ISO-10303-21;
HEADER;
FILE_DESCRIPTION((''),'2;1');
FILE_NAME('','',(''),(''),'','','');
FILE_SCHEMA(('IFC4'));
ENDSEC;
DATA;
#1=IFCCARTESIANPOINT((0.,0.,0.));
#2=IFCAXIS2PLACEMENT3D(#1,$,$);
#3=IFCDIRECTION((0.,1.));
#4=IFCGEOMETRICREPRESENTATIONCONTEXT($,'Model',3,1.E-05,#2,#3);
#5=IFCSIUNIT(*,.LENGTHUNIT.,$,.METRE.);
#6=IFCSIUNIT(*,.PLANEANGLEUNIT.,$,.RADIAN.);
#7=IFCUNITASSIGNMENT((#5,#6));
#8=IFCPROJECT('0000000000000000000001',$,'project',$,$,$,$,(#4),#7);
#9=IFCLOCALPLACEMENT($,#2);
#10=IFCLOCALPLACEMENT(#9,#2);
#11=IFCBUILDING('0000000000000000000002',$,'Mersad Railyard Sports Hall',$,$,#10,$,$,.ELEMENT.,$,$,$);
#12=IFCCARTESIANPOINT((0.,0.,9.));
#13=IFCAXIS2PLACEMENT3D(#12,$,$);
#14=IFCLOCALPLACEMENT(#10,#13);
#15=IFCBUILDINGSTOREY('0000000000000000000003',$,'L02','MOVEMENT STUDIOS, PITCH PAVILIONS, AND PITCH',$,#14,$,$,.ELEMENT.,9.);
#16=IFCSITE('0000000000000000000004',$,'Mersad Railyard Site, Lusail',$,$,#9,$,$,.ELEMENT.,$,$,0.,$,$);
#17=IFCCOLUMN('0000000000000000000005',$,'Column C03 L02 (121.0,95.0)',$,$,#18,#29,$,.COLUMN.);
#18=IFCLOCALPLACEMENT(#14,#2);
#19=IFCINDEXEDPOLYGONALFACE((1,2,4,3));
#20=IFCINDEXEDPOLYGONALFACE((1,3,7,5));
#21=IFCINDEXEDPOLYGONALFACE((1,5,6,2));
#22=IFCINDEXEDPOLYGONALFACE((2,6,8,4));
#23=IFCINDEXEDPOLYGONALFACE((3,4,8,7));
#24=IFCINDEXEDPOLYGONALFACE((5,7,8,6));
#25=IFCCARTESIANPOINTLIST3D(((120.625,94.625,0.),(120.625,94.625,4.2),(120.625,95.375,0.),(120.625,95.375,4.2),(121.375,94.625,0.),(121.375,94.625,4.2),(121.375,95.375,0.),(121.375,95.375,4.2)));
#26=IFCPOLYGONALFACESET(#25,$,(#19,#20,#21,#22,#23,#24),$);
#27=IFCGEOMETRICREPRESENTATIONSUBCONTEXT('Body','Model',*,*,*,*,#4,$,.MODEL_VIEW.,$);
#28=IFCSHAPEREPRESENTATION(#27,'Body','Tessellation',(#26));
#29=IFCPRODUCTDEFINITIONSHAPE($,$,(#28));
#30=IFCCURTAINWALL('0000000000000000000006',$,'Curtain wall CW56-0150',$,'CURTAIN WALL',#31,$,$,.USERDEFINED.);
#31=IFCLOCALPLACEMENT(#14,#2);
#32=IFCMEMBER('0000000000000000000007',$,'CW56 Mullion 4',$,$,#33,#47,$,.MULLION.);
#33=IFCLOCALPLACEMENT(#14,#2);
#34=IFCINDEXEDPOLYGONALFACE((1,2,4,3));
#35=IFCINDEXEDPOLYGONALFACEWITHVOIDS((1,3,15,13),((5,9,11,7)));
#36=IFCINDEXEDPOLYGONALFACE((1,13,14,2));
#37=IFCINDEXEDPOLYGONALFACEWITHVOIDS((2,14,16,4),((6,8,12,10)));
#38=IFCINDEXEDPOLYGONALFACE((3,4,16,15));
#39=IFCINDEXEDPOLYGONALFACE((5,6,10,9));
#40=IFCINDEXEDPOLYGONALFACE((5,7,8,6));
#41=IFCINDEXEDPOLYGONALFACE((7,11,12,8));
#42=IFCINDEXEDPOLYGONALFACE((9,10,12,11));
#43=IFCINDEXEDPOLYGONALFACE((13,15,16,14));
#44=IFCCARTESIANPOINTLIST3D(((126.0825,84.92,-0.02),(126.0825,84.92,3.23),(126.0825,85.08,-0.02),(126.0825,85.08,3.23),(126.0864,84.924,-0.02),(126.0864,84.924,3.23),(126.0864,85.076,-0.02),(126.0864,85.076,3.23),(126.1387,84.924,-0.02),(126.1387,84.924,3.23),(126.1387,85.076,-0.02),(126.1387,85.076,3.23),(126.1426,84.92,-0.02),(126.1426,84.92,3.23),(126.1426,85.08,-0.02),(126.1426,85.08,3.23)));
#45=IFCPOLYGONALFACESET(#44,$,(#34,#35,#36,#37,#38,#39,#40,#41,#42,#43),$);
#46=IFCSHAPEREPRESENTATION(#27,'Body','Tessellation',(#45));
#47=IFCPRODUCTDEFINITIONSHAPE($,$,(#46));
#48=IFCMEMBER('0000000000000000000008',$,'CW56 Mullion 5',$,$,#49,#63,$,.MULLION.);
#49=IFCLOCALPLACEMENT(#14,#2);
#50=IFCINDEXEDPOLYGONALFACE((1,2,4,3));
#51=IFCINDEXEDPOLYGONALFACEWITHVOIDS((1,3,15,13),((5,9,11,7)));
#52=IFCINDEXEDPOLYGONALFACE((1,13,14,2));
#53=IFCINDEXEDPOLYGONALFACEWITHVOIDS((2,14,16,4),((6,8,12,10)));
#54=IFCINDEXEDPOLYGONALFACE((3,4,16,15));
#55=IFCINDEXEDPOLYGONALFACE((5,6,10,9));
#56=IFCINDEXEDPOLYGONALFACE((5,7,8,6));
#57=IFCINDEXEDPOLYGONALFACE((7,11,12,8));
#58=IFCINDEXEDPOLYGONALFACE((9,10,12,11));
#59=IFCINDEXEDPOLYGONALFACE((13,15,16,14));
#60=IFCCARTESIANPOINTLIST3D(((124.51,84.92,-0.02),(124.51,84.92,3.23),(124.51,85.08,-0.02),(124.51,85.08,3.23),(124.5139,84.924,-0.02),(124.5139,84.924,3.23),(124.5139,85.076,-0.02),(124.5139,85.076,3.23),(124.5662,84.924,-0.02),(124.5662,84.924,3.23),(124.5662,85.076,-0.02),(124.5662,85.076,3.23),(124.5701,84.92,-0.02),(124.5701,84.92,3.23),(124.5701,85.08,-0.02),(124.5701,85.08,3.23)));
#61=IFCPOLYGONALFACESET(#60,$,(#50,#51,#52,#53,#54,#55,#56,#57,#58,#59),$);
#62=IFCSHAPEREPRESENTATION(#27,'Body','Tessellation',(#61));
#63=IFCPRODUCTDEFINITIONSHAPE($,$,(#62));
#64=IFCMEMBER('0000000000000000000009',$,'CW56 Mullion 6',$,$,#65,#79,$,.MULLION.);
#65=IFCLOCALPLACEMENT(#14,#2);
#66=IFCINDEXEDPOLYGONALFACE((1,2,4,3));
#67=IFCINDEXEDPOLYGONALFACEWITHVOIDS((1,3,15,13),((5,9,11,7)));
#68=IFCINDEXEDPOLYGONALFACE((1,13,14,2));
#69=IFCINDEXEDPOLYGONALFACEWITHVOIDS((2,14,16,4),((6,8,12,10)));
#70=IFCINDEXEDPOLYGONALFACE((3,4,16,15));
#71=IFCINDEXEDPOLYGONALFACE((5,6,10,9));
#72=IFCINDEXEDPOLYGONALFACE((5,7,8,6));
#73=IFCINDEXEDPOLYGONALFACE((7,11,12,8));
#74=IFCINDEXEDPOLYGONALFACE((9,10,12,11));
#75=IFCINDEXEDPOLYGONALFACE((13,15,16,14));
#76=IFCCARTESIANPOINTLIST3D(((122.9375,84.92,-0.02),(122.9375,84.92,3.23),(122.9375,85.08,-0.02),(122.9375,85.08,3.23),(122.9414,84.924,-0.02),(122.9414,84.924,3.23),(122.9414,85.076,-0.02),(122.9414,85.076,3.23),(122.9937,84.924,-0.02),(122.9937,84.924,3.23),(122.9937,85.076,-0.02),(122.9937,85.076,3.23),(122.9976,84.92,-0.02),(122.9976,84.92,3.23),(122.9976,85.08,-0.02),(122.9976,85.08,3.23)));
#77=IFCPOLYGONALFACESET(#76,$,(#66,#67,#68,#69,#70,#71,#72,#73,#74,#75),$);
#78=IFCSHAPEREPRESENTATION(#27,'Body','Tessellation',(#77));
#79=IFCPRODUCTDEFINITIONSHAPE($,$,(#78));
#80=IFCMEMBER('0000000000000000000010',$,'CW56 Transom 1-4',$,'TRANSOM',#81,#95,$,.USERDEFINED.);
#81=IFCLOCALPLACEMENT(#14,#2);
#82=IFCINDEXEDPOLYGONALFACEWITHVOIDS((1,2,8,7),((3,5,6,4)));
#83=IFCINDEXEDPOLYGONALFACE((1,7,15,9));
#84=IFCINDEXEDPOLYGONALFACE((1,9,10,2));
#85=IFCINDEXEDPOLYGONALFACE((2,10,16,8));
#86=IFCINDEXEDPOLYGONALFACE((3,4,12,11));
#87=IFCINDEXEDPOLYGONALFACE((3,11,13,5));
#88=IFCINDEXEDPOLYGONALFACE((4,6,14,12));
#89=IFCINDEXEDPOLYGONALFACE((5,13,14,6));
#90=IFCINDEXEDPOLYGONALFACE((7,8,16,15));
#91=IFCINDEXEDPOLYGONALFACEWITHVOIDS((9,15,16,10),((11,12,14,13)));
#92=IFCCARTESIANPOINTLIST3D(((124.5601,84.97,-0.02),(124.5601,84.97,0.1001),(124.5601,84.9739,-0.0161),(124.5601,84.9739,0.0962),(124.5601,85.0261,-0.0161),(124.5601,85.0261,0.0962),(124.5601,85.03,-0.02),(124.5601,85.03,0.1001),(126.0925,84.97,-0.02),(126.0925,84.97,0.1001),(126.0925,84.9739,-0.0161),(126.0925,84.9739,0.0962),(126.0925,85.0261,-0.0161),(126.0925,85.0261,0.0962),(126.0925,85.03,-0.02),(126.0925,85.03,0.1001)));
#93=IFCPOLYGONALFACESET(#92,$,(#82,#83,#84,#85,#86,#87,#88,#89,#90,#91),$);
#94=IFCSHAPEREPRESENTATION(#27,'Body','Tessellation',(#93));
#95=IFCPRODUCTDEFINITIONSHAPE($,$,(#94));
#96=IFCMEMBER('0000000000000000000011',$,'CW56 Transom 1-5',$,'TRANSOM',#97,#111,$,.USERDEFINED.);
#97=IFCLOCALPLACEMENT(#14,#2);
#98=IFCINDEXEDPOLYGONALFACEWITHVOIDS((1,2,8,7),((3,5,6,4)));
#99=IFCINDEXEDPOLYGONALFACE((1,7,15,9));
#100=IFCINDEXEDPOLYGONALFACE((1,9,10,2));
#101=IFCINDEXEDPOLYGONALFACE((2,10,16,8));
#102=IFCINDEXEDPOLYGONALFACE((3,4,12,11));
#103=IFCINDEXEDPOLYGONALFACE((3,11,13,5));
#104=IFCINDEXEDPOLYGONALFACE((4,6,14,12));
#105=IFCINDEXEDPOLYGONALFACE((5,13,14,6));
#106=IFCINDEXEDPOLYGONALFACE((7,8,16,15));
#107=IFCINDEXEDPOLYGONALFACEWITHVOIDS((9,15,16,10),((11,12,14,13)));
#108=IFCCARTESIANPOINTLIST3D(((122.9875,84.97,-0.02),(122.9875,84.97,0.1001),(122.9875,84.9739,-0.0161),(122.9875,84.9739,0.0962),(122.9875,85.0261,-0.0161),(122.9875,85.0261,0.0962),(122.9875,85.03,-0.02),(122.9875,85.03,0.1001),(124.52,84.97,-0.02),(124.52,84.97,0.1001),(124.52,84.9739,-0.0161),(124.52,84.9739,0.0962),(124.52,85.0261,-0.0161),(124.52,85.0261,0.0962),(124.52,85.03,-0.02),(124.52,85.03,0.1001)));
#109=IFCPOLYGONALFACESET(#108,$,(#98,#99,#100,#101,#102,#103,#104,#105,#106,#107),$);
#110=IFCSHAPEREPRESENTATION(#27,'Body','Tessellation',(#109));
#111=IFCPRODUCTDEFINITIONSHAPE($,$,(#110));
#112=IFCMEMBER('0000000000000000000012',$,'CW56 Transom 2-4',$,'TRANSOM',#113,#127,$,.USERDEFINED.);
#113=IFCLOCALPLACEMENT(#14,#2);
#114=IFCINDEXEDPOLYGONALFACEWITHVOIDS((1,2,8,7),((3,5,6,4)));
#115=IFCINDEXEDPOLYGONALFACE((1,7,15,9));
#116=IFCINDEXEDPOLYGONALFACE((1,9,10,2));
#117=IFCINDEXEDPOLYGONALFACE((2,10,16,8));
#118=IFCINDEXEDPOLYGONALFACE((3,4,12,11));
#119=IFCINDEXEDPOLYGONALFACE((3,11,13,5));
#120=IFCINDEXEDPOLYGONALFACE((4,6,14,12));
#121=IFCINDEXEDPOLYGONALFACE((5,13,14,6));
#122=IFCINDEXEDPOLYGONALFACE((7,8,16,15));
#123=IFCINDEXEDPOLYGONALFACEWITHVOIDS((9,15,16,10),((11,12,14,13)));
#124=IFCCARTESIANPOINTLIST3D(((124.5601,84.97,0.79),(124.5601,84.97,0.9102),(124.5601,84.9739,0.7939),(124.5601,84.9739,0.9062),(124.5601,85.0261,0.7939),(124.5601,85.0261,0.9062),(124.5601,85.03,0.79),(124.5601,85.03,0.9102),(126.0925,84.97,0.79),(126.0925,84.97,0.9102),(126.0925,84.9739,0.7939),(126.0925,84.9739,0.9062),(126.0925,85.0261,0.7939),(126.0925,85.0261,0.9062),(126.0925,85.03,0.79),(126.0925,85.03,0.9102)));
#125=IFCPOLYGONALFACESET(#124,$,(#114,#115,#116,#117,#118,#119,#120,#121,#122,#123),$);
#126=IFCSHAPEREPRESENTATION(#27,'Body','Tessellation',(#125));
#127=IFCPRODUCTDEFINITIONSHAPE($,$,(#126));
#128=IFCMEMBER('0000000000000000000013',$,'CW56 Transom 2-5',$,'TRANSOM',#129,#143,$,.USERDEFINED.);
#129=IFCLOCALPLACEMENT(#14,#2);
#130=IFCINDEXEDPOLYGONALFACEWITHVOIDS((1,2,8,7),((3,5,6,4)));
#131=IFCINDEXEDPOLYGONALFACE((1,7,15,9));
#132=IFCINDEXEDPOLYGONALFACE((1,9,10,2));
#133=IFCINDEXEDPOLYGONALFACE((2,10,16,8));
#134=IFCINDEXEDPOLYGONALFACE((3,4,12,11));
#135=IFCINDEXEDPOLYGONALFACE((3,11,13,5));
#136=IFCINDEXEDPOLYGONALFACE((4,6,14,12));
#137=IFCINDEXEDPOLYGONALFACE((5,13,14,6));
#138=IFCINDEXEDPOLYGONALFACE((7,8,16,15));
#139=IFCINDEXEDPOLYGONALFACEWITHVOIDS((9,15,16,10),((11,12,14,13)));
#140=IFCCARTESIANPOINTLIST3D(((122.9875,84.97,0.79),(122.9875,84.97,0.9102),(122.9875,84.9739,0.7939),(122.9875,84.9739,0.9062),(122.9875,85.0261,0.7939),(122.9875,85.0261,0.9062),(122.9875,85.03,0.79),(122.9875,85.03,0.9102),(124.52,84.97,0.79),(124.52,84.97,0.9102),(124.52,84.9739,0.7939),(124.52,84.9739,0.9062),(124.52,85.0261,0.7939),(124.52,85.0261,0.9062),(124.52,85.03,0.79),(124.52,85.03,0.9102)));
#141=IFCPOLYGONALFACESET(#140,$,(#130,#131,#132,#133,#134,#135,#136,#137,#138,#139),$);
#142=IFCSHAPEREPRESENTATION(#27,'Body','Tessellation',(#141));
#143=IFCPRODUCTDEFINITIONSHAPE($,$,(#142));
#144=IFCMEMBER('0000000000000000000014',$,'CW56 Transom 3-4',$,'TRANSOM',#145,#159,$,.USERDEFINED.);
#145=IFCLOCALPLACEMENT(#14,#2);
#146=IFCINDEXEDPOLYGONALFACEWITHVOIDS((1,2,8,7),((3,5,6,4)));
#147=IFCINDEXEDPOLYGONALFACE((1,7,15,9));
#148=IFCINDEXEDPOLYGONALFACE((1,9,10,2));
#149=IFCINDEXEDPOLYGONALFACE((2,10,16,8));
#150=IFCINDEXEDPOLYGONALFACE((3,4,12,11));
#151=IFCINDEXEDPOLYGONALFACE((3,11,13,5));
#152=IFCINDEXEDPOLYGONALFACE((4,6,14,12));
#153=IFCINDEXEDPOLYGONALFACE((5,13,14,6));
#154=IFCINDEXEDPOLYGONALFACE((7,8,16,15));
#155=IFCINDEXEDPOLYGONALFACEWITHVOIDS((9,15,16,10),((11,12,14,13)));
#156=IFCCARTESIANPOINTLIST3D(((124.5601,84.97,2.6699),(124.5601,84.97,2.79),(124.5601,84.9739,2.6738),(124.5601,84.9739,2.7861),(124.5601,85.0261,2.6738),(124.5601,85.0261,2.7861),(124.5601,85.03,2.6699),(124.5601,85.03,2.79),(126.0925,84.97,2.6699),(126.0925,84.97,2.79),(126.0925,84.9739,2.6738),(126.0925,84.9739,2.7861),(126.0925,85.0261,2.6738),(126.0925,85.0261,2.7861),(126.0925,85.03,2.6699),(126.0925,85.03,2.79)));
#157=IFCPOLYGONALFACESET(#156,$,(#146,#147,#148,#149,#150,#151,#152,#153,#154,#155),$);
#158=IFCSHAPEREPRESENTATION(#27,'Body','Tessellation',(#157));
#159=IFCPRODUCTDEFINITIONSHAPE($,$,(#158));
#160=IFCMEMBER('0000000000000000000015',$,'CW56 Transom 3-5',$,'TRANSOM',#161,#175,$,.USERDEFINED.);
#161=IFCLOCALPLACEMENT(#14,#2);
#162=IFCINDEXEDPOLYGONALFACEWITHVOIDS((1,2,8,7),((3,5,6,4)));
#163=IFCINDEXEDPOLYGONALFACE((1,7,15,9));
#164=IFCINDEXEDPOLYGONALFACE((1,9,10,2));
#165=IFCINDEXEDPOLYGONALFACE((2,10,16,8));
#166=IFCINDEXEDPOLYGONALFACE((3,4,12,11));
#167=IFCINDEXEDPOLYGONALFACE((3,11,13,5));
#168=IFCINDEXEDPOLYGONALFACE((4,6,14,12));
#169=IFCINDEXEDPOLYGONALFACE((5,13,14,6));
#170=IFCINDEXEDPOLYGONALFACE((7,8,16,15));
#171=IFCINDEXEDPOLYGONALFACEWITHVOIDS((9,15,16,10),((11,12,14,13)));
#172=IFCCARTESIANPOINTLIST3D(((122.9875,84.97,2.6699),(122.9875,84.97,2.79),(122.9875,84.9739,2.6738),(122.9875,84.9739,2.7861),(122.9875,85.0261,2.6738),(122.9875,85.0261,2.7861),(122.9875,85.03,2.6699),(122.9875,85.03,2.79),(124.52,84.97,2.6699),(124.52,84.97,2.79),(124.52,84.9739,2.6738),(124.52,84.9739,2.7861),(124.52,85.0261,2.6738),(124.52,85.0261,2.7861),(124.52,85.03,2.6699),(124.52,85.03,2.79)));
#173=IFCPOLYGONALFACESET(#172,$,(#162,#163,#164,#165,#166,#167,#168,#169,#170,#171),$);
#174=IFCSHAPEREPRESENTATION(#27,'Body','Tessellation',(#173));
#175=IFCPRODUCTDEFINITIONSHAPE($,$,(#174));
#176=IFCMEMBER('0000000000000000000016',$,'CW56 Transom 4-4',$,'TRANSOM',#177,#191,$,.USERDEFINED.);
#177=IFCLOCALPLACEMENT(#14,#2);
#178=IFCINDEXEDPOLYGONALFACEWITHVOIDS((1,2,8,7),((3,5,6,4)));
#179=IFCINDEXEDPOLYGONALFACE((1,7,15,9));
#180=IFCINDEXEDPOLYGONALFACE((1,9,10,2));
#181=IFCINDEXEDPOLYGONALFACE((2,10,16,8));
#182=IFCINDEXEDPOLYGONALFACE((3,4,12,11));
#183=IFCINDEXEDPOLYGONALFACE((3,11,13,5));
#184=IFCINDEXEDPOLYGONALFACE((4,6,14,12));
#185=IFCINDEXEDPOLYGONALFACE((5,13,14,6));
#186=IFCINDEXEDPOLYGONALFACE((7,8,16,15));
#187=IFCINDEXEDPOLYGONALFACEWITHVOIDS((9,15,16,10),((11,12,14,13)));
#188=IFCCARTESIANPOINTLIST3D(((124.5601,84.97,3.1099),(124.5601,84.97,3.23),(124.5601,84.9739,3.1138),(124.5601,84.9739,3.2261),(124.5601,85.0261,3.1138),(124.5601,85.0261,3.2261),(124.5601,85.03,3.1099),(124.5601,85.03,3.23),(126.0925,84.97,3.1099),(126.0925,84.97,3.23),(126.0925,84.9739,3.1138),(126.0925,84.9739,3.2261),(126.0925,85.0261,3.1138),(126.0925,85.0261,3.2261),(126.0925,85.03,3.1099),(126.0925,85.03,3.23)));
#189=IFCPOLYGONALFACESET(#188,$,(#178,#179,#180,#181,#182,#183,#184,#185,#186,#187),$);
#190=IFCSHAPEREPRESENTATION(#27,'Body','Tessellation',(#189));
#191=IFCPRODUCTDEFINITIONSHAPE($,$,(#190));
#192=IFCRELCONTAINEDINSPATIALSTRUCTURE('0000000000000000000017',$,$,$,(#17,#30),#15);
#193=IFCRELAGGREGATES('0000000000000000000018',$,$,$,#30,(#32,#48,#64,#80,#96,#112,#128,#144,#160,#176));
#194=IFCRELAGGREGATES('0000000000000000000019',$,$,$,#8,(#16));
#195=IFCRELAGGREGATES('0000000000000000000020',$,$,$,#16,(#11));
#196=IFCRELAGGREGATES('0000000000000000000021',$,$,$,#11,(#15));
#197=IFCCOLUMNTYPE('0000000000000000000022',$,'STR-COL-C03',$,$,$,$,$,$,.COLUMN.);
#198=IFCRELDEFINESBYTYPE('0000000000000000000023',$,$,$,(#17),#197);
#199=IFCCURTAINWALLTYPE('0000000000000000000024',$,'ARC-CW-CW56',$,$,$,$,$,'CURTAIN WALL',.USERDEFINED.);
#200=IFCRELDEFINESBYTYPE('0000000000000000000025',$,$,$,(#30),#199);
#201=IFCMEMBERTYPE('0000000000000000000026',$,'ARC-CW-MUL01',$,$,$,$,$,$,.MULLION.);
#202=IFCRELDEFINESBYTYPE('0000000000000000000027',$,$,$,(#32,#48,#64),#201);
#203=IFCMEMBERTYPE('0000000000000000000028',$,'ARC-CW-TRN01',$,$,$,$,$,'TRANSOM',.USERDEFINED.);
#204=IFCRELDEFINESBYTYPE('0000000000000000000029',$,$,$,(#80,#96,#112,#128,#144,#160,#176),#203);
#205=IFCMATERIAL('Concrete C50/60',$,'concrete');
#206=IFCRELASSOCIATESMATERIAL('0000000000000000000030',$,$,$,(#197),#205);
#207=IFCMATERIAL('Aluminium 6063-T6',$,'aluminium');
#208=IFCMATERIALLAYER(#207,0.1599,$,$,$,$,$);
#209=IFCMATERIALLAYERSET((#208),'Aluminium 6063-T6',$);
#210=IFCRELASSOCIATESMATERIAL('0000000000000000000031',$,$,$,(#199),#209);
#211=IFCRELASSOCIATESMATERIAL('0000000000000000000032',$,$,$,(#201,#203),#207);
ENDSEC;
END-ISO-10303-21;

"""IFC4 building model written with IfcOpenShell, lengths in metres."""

from ifc_helpers import new_model, si_unit, direction, frame, origin, origin_2d, place, context, subcontext, project, spatial, rectangle, hollow_rectangle, extrude, material, layer, layer_set, material_profile, profile_set, type_object, element, aggregate, save


model = new_model("IFC4")

# Units and contexts
model_context = context("Model", 3, precision=1e-05, world=origin(), true_north=direction((0.0, 1.0)))
body_context = subcontext(model_context, "Body", "Model", "MODEL_VIEW")
ifc_project = project(units=[si_unit("LENGTHUNIT", "METRE"), si_unit("PLANEANGLEUNIT", "RADIAN")], contexts=[model_context])

# Site, building, storey
site_placement = place(None, origin())
site = spatial("IfcSite", under=ifc_project, at=site_placement, Name="Mersad Railyard Site, Lusail", CompositionType="ELEMENT", RefElevation=0.0)
building_placement = place(site_placement, origin())
building = spatial("IfcBuilding", under=site, at=building_placement, Name="Mersad Railyard Sports Hall", CompositionType="ELEMENT")
storey_placement = place(building_placement, frame((0.0, 0.0, 9.0)))
storey = spatial("IfcBuildingStorey", under=building, at=storey_placement, Name="L02", Description="MOVEMENT STUDIOS, PITCH PAVILIONS, AND PITCH", CompositionType="ELEMENT", Elevation=9.0)

# Column
ifc_material_1 = material(Name="Concrete C50/60", Category="concrete")
ifc_material_profile_1 = material_profile(ifc_material_1, rectangle(XDim=0.75, YDim=0.75, at=origin_2d()), Name="RC 750x750")
ifc_profile_set_1 = profile_set([ifc_material_profile_1], Name="Concrete C50/60")
column_type = type_object("IfcColumnType", Name="STR-COL-C03", PredefinedType="COLUMN", material=ifc_profile_set_1)
column_placement = place(storey_placement, frame((121.0, 95.0, 0.0), z_axis=(0.0, 0.0, 1.0), x_axis=(1.0, 0.0, 0.0)))
element("IfcColumn", 1, at=column_placement, inside=storey, type_object=column_type, Name="Column C03 L02 (121.0,95.0)", PredefinedType="COLUMN", context=body_context, shape_type="SweptSolid", body=[
    extrude(rectangle(XDim=0.75, YDim=0.75, at=origin_2d()), origin(), (0.0, 0.0, 1.0), 4.2),
])

# Curtain wall, members
ifc_material_2 = material(Name="Aluminium 6063-T6", Category="aluminium")
ifc_layer_1 = layer(ifc_material_2, 0.1599)
ifc_layer_set_1 = layer_set([ifc_layer_1], Name="Aluminium 6063-T6")
curtain_wall_type = type_object("IfcCurtainWallType", Name="ARC-CW-CW56", ElementType="CURTAIN WALL", PredefinedType="USERDEFINED", material=ifc_layer_set_1)
curtain_wall_placement = place(storey_placement, origin())
curtain_wall = element("IfcCurtainWall", 2, at=curtain_wall_placement, inside=storey, type_object=curtain_wall_type, Name="Curtain wall CW56-0150", ObjectType="CURTAIN WALL", PredefinedType="USERDEFINED")
ifc_material_profile_2 = material_profile(ifc_material_2, hollow_rectangle(XDim=0.0601, YDim=0.1599, WallThickness=0.0039, at=origin_2d()), Name="AL MULLION 60x160x4")
ifc_profile_set_2 = profile_set([ifc_material_profile_2], Name="Aluminium 6063-T6")
member_type_1 = type_object("IfcMemberType", Name="ARC-CW-MUL01", PredefinedType="MULLION", material=ifc_profile_set_2)
member_1_placement = place(storey_placement, frame((126.1125, 85.0, -0.02), z_axis=(0.0, 0.0, 1.0), x_axis=(1.0, 0.0, 0.0)))
member_1 = element("IfcMember", 3, at=member_1_placement, type_object=member_type_1, Name="CW56 Mullion 4", PredefinedType="MULLION", context=body_context, shape_type="SweptSolid", body=[
    extrude(hollow_rectangle(XDim=0.0601, YDim=0.1599, WallThickness=0.0039, at=origin_2d()), origin(), (0.0, 0.0, 1.0), 3.25),
])
member_2_placement = place(storey_placement, frame((124.54, 85.0, -0.02), z_axis=(0.0, 0.0, 1.0), x_axis=(1.0, 0.0, 0.0)))
member_2 = element("IfcMember", 4, at=member_2_placement, type_object=member_type_1, Name="CW56 Mullion 5", PredefinedType="MULLION", context=body_context, shape_type="SweptSolid", body=[
    extrude(hollow_rectangle(XDim=0.0601, YDim=0.1599, WallThickness=0.0039, at=origin_2d()), origin(), (0.0, 0.0, 1.0), 3.25),
])
member_3_placement = place(storey_placement, frame((122.9675, 85.0, -0.02), z_axis=(0.0, 0.0, 1.0), x_axis=(1.0, 0.0, 0.0)))
member_3 = element("IfcMember", 5, at=member_3_placement, type_object=member_type_1, Name="CW56 Mullion 6", PredefinedType="MULLION", context=body_context, shape_type="SweptSolid", body=[
    extrude(hollow_rectangle(XDim=0.0601, YDim=0.1599, WallThickness=0.0039, at=origin_2d()), origin(), (0.0, 0.0, 1.0), 3.25),
])
ifc_material_profile_3 = material_profile(ifc_material_2, hollow_rectangle(XDim=0.0601, YDim=0.1201, WallThickness=0.0039, at=origin_2d()), Name="AL TRANSOM 60x120x4")
ifc_profile_set_3 = profile_set([ifc_material_profile_3], Name="Aluminium 6063-T6")
member_type_2 = type_object("IfcMemberType", Name="ARC-CW-TRN01", ElementType="TRANSOM", PredefinedType="USERDEFINED", material=ifc_profile_set_3)
member_4_placement = place(storey_placement, frame((126.0925, 85.0, 0.04), z_axis=(-1.0, 0.0, 0.0), x_axis=(0.0, -1.0, 0.0)))
member_4 = element("IfcMember", 6, at=member_4_placement, type_object=member_type_2, Name="CW56 Transom 1-4", ObjectType="TRANSOM", PredefinedType="USERDEFINED", context=body_context, shape_type="SweptSolid", body=[
    extrude(hollow_rectangle(XDim=0.0601, YDim=0.1201, WallThickness=0.0039, at=origin_2d()), origin(), (0.0, 0.0, 1.0), 1.5325),
])
member_5_placement = place(storey_placement, frame((124.52, 85.0, 0.04), z_axis=(-1.0, 0.0, 0.0), x_axis=(0.0, -1.0, 0.0)))
member_5 = element("IfcMember", 7, at=member_5_placement, type_object=member_type_2, Name="CW56 Transom 1-5", ObjectType="TRANSOM", PredefinedType="USERDEFINED", context=body_context, shape_type="SweptSolid", body=[
    extrude(hollow_rectangle(XDim=0.0601, YDim=0.1201, WallThickness=0.0039, at=origin_2d()), origin(), (0.0, 0.0, 1.0), 1.5325),
])
member_6_placement = place(storey_placement, frame((126.0925, 85.0, 0.8501), z_axis=(-1.0, 0.0, 0.0), x_axis=(0.0, -1.0, 0.0)))
member_6 = element("IfcMember", 8, at=member_6_placement, type_object=member_type_2, Name="CW56 Transom 2-4", ObjectType="TRANSOM", PredefinedType="USERDEFINED", context=body_context, shape_type="SweptSolid", body=[
    extrude(hollow_rectangle(XDim=0.0601, YDim=0.1201, WallThickness=0.0039, at=origin_2d()), origin(), (0.0, 0.0, 1.0), 1.5325),
])
member_7_placement = place(storey_placement, frame((124.52, 85.0, 0.8501), z_axis=(-1.0, 0.0, 0.0), x_axis=(0.0, -1.0, 0.0)))
member_7 = element("IfcMember", 9, at=member_7_placement, type_object=member_type_2, Name="CW56 Transom 2-5", ObjectType="TRANSOM", PredefinedType="USERDEFINED", context=body_context, shape_type="SweptSolid", body=[
    extrude(hollow_rectangle(XDim=0.0601, YDim=0.1201, WallThickness=0.0039, at=origin_2d()), origin(), (0.0, 0.0, 1.0), 1.5325),
])
member_8_placement = place(storey_placement, frame((126.0925, 85.0, 2.73), z_axis=(-1.0, 0.0, 0.0), x_axis=(0.0, -1.0, 0.0)))
member_8 = element("IfcMember", 10, at=member_8_placement, type_object=member_type_2, Name="CW56 Transom 3-4", ObjectType="TRANSOM", PredefinedType="USERDEFINED", context=body_context, shape_type="SweptSolid", body=[
    extrude(hollow_rectangle(XDim=0.0601, YDim=0.1201, WallThickness=0.0039, at=origin_2d()), origin(), (0.0, 0.0, 1.0), 1.5325),
])
member_9_placement = place(storey_placement, frame((124.52, 85.0, 2.73), z_axis=(-1.0, 0.0, 0.0), x_axis=(0.0, -1.0, 0.0)))
member_9 = element("IfcMember", 11, at=member_9_placement, type_object=member_type_2, Name="CW56 Transom 3-5", ObjectType="TRANSOM", PredefinedType="USERDEFINED", context=body_context, shape_type="SweptSolid", body=[
    extrude(hollow_rectangle(XDim=0.0601, YDim=0.1201, WallThickness=0.0039, at=origin_2d()), origin(), (0.0, 0.0, 1.0), 1.5325),
])
member_10_placement = place(storey_placement, frame((126.0925, 85.0, 3.1699), z_axis=(-1.0, 0.0, 0.0), x_axis=(0.0, -1.0, 0.0)))
member_10 = element("IfcMember", 12, at=member_10_placement, type_object=member_type_2, Name="CW56 Transom 4-4", ObjectType="TRANSOM", PredefinedType="USERDEFINED", context=body_context, shape_type="SweptSolid", body=[
    extrude(hollow_rectangle(XDim=0.0601, YDim=0.1201, WallThickness=0.0039, at=origin_2d()), origin(), (0.0, 0.0, 1.0), 1.5325),
])

aggregate(curtain_wall, [member_1, member_2, member_3, member_4, member_5, member_6, member_7, member_8, member_9, member_10])

save(model, "model.ifc")
